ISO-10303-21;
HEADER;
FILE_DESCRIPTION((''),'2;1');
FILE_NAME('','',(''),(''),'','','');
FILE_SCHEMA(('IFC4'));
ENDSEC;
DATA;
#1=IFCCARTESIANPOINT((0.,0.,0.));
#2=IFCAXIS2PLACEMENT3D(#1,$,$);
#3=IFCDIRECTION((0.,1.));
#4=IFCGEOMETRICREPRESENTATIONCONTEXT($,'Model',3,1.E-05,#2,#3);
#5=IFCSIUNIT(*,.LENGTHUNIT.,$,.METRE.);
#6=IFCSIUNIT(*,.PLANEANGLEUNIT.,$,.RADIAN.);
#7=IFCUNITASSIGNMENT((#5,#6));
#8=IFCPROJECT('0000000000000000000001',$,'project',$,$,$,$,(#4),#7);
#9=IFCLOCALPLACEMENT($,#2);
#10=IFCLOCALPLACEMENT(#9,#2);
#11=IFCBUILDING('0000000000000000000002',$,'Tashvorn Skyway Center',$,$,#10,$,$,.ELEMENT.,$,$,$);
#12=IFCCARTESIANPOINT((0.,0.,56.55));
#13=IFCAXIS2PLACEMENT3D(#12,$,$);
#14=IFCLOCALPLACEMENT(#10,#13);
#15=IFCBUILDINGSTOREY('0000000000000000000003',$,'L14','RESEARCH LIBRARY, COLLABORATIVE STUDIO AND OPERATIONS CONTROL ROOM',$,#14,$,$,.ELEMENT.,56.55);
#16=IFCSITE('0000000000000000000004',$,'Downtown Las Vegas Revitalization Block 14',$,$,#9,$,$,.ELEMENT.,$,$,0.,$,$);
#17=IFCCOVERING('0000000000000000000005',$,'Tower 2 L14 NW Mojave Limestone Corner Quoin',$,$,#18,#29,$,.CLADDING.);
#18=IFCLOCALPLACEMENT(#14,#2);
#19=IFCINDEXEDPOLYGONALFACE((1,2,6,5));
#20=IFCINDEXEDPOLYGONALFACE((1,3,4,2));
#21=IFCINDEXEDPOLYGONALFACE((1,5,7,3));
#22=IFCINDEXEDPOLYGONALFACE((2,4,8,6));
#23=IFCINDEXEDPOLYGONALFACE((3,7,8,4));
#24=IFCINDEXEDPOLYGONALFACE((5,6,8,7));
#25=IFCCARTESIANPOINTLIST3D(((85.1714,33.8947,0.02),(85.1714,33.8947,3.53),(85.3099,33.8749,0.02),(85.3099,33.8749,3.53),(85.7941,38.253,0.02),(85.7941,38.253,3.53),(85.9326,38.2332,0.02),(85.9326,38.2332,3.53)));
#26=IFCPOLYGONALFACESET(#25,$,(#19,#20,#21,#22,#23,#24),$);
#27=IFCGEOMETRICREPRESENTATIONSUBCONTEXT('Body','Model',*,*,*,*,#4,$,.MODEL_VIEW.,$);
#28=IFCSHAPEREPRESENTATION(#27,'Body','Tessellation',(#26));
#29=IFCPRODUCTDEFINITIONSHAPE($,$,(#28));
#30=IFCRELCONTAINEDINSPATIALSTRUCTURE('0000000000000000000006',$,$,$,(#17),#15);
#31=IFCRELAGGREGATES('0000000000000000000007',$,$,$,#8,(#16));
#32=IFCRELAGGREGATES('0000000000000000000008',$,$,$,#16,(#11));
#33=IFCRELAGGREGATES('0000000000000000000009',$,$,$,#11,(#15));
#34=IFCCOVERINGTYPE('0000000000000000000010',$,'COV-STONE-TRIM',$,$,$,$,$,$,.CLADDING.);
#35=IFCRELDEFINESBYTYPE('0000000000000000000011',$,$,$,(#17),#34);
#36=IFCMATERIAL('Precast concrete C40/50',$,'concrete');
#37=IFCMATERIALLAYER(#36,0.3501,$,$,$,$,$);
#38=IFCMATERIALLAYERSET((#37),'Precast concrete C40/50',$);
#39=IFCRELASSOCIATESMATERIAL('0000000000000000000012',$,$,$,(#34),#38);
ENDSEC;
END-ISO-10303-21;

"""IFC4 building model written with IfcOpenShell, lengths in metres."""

from ifc_helpers import new_model, si_unit, direction, frame, origin, origin_2d, place, context, subcontext, project, spatial, rectangle, extrude, material, layer, layer_set, type_object, element, save


model = new_model("IFC4")

# Units and contexts
model_context = context("Model", 3, precision=1e-05, world=origin(), true_north=direction((0.0, 1.0)))
body_context = subcontext(model_context, "Body", "Model", "MODEL_VIEW")
ifc_project = project(units=[si_unit("LENGTHUNIT", "METRE"), si_unit("PLANEANGLEUNIT", "RADIAN")], contexts=[model_context])

# Site, building, storey
site_placement = place(None, origin())
site = spatial("IfcSite", under=ifc_project, at=site_placement, Name="Downtown Las Vegas Revitalization Block 14", CompositionType="ELEMENT", RefElevation=0.0)
building_placement = place(site_placement, origin())
building = spatial("IfcBuilding", under=site, at=building_placement, Name="Tashvorn Skyway Center", CompositionType="ELEMENT")
storey_placement = place(building_placement, frame((0.0, 0.0, 56.55)))
storey = spatial("IfcBuildingStorey", under=building, at=storey_placement, Name="L14", Description="RESEARCH LIBRARY, COLLABORATIVE STUDIO AND OPERATIONS CONTROL ROOM", CompositionType="ELEMENT", Elevation=56.55)

# Shared definitions
ifc_material_1 = material(Name="Precast concrete C40/50", Category="concrete")

# Covering
ifc_layer_1 = layer(ifc_material_1, 0.3501)
ifc_layer_set_1 = layer_set([ifc_layer_1], Name="Precast concrete C40/50")
covering_type_1 = type_object("IfcCoveringType", Name="COV-STONE-TRIM", PredefinedType="CLADDING", material=ifc_layer_set_1)
covering_1_placement = place(storey_placement, frame((85.552, 36.064, 0.02), z_axis=(0.0, 0.0, 1.0), x_axis=(-0.141421, -0.989949, 0.0)))
element("IfcCovering", 1, at=covering_1_placement, inside=storey, type_object=covering_type_1, Name="Tower 2 L14 NW Mojave Limestone Corner Quoin", PredefinedType="CLADDING", context=body_context, shape_type="SweptSolid", body=[
    extrude(rectangle(XDim=4.4026, YDim=0.1399, at=origin_2d()), origin(), (0.0, 0.0, 1.0), 3.51),
])

save(model, "model.ifc")
